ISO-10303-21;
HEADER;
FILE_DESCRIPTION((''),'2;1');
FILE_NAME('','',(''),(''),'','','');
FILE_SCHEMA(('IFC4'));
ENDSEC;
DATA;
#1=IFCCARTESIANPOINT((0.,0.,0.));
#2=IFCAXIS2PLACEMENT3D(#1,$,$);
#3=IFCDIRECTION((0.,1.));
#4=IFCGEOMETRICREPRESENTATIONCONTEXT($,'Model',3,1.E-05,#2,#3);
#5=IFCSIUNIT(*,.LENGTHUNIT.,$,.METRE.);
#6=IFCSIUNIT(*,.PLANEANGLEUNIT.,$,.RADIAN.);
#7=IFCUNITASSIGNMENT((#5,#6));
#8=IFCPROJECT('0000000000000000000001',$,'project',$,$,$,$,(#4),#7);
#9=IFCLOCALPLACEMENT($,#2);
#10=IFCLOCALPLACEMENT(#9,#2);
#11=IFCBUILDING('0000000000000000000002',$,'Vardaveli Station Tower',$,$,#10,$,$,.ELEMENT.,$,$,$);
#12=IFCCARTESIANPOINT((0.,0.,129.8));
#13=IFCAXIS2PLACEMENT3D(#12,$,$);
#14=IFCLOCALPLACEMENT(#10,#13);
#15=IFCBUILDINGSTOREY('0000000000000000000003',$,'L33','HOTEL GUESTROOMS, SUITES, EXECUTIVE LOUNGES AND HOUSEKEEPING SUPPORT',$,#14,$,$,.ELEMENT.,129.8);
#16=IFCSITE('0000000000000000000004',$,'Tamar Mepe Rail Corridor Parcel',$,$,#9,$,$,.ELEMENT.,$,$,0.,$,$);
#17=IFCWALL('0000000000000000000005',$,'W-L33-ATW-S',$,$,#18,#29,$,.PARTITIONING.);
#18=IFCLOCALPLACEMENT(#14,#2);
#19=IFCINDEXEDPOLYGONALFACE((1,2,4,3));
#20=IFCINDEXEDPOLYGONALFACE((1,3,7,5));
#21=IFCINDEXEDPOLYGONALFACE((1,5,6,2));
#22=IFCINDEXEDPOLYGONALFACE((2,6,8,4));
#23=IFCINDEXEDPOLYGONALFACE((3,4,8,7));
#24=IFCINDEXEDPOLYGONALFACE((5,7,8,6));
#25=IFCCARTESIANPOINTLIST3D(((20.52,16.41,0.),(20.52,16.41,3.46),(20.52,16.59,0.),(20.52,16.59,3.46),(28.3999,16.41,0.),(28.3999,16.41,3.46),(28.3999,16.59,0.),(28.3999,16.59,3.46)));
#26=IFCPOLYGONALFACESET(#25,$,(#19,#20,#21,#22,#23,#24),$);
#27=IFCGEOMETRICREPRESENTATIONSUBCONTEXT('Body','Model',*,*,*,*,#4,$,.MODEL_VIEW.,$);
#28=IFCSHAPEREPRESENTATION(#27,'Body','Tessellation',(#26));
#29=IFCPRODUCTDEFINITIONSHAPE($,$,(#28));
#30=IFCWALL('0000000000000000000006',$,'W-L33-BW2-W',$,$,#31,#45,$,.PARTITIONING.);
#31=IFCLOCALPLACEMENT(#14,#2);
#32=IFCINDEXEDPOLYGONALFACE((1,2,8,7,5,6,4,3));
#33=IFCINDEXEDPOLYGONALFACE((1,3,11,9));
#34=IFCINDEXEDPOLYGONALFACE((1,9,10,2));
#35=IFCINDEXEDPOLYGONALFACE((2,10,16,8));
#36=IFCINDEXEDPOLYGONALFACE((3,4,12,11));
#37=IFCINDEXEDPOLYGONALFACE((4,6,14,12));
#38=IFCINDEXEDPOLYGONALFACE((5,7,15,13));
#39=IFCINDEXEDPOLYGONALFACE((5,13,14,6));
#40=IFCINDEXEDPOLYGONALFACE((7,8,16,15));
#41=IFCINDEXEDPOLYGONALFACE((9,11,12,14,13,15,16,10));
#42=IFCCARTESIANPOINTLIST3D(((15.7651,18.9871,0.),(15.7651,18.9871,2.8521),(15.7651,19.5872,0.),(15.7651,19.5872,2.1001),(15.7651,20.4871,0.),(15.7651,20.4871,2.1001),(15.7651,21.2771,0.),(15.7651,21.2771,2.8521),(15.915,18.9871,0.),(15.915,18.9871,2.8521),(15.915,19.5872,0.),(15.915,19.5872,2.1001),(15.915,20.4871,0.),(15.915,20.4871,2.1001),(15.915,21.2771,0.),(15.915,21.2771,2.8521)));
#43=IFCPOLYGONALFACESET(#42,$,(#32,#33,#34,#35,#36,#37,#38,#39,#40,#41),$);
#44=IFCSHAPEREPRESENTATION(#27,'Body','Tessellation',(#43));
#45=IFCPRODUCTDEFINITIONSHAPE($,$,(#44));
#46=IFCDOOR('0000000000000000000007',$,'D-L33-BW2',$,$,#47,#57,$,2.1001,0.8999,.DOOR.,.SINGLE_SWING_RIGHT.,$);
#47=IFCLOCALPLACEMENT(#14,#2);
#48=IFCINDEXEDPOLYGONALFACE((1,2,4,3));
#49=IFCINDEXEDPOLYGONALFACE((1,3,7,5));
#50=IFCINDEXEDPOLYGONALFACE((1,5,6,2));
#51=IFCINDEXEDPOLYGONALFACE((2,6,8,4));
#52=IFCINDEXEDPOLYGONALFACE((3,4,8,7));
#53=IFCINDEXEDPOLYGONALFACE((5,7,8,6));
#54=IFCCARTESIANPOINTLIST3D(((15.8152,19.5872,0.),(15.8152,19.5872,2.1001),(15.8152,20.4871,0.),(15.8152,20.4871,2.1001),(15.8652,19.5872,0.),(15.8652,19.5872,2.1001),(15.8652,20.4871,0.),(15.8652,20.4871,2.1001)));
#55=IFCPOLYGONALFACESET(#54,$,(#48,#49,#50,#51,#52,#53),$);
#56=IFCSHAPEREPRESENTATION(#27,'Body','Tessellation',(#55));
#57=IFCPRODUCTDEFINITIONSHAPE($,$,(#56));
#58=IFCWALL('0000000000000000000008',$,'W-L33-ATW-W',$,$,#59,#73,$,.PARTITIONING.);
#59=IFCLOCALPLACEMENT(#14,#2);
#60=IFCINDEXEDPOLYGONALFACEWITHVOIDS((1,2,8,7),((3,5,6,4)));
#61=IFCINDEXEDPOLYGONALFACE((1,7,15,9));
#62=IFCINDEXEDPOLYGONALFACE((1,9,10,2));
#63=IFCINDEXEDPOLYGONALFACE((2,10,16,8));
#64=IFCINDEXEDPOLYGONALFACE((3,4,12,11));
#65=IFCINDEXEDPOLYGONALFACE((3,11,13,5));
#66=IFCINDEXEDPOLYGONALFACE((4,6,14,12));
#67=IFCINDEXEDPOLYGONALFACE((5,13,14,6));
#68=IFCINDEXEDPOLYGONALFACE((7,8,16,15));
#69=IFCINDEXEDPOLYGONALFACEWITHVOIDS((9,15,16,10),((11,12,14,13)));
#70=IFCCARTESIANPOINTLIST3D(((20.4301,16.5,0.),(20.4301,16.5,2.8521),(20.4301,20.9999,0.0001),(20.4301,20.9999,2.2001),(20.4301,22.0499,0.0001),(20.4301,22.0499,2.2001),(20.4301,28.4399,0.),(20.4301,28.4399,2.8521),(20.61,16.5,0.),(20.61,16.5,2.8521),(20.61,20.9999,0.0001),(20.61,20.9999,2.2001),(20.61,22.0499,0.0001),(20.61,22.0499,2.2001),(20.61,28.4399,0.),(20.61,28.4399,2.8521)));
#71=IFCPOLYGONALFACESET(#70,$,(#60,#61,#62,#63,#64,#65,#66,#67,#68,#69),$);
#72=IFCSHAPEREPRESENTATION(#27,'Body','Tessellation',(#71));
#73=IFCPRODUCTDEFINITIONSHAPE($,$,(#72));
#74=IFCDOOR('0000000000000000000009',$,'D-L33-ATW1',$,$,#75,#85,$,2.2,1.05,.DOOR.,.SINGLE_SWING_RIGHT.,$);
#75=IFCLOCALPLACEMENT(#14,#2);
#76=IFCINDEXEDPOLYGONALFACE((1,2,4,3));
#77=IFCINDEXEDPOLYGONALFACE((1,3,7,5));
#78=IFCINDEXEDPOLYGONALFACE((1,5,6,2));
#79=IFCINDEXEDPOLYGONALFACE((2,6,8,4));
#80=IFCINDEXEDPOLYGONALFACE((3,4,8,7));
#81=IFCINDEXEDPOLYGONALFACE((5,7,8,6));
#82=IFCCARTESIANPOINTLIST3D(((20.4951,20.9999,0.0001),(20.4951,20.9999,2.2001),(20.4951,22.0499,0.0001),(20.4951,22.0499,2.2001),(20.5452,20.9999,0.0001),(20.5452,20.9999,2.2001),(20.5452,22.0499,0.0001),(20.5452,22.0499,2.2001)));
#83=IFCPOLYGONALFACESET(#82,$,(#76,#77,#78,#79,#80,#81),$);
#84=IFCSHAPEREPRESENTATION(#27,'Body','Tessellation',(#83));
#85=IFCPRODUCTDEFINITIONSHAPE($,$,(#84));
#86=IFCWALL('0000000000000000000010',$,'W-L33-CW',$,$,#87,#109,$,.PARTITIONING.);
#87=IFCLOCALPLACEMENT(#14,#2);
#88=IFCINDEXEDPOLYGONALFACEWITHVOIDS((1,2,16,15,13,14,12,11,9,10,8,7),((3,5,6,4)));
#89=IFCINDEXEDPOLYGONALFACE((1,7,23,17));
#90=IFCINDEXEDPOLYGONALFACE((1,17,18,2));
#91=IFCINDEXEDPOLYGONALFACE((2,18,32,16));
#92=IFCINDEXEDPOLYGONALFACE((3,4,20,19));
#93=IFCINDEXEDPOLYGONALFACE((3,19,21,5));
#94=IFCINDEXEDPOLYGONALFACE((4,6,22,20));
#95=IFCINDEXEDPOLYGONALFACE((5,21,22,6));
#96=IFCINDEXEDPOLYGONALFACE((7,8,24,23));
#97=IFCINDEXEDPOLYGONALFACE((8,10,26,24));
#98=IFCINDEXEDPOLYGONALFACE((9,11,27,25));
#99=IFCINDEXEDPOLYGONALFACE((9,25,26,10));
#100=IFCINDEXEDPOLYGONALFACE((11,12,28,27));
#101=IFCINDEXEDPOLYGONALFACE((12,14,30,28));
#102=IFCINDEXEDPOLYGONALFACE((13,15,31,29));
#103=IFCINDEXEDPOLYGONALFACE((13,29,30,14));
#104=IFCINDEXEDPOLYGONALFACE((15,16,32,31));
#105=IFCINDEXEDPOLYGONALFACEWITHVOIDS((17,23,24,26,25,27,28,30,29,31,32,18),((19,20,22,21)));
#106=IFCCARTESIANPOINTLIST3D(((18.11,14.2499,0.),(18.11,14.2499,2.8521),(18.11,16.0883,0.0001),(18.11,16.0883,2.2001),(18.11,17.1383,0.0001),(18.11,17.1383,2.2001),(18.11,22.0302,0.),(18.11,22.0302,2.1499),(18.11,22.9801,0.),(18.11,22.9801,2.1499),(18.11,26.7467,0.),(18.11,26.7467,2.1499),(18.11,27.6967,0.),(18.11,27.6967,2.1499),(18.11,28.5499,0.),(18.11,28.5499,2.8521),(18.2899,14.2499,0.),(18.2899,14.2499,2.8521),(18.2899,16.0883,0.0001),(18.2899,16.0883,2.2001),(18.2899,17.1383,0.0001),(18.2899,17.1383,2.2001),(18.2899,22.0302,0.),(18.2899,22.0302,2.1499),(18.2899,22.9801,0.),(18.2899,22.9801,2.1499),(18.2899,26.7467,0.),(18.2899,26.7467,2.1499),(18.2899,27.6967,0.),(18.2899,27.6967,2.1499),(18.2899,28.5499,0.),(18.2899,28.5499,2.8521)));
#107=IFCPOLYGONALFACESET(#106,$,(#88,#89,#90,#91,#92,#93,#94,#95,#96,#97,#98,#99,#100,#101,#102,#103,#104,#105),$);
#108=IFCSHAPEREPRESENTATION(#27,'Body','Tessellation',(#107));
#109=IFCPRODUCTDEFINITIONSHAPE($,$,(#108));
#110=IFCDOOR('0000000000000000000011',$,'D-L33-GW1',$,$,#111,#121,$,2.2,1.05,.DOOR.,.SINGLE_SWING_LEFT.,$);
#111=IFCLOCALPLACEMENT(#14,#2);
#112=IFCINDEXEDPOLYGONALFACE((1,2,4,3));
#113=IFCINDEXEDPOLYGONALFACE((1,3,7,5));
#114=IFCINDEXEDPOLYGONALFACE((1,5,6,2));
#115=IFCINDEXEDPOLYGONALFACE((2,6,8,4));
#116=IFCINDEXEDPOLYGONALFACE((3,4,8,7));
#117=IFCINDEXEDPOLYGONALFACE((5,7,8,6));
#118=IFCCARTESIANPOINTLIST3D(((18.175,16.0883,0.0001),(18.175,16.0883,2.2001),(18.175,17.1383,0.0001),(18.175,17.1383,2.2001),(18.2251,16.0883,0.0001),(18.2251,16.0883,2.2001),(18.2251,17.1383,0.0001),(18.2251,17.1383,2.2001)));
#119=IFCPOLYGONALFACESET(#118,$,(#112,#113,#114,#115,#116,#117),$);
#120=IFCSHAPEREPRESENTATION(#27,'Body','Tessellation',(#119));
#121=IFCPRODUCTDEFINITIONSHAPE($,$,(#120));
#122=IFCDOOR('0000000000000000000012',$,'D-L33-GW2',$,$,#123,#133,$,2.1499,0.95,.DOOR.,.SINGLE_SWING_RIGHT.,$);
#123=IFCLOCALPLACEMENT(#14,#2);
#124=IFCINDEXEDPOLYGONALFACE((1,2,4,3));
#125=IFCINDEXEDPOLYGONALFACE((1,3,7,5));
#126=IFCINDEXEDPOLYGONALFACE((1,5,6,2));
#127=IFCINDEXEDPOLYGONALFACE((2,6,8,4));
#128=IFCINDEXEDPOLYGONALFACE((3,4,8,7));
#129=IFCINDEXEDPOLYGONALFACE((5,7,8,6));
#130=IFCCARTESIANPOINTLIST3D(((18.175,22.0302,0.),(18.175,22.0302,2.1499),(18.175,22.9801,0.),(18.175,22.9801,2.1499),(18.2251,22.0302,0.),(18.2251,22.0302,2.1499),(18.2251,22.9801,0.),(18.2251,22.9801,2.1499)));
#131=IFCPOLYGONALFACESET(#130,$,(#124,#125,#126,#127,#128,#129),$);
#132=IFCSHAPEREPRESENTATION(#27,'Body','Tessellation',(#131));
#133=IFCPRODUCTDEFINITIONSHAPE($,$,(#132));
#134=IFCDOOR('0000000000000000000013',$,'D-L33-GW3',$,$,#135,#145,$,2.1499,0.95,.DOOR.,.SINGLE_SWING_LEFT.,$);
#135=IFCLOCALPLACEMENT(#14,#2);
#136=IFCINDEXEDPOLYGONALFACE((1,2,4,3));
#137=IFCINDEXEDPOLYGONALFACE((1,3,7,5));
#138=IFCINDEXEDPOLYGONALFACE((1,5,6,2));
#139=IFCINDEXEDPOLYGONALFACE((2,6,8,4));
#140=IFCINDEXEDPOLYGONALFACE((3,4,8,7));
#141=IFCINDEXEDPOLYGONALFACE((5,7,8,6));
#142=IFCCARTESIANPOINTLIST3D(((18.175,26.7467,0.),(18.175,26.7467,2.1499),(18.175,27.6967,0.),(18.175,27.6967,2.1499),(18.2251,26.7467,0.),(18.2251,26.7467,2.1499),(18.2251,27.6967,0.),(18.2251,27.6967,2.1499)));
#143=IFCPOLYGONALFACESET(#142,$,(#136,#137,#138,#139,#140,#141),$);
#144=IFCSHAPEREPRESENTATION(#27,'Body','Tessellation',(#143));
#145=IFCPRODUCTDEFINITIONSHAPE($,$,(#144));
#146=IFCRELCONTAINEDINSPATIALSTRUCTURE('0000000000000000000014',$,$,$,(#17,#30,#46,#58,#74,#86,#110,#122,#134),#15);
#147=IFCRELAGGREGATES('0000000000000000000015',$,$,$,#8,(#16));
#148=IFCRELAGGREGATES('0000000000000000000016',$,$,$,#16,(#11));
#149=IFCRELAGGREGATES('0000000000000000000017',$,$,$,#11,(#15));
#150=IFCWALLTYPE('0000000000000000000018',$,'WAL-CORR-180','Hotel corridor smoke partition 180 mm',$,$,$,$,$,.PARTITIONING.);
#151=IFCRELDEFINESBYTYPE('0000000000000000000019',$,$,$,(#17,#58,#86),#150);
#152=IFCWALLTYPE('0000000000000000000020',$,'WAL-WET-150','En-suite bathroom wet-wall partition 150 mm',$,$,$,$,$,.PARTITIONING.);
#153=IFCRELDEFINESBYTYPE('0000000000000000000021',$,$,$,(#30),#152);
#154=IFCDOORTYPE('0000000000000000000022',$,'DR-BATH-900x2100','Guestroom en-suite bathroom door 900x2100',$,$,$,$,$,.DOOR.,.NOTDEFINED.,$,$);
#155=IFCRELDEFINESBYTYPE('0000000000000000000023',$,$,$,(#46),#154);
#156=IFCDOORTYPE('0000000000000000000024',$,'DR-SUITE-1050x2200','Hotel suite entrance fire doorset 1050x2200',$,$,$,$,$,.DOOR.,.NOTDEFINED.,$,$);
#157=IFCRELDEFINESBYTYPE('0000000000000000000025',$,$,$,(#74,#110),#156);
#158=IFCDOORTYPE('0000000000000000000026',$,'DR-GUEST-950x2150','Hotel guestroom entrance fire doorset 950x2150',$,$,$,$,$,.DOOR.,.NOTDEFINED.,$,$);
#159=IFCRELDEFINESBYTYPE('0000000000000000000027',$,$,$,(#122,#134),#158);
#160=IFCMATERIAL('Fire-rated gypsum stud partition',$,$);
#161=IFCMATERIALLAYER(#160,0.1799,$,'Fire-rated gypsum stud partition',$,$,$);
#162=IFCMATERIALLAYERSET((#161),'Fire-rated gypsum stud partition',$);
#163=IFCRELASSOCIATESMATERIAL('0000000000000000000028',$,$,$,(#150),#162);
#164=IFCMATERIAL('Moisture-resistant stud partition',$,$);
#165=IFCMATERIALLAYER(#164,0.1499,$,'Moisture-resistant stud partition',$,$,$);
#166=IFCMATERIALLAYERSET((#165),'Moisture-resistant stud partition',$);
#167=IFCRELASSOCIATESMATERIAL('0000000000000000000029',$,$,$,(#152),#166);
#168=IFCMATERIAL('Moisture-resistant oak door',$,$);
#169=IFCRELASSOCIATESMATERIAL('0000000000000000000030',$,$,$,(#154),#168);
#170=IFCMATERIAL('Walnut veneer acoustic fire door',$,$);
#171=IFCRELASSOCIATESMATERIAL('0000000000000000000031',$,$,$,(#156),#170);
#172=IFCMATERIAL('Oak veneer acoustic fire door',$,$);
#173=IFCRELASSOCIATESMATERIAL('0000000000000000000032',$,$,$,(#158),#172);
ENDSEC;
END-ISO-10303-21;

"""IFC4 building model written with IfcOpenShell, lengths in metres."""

from ifc_helpers import new_model, si_unit, direction, frame, frame_2d, origin, place, context, subcontext, project, spatial, rectangle, extrude, source, transform, mapped, material, layer, layer_set, type_object, element, fill, save


model = new_model("IFC4")

# Units and contexts
model_context = context("Model", 3, precision=1e-05, world=origin(), true_north=direction((0.0, 1.0)))
body_context = subcontext(model_context, "Body", "Model", "MODEL_VIEW")
ifc_project = project(units=[si_unit("LENGTHUNIT", "METRE"), si_unit("PLANEANGLEUNIT", "RADIAN")], contexts=[model_context])

# Site, building, storey
site_placement = place(None, origin())
site = spatial("IfcSite", under=ifc_project, at=site_placement, Name="Tamar Mepe Rail Corridor Parcel", CompositionType="ELEMENT", RefElevation=0.0)
building_placement = place(site_placement, origin())
building = spatial("IfcBuilding", under=site, at=building_placement, Name="Vardaveli Station Tower", CompositionType="ELEMENT")
storey_placement = place(building_placement, frame((0.0, 0.0, 129.8)))
storey = spatial("IfcBuildingStorey", under=building, at=storey_placement, Name="L33", Description="HOTEL GUESTROOMS, SUITES, EXECUTIVE LOUNGES AND HOUSEKEEPING SUPPORT", CompositionType="ELEMENT", Elevation=129.8)

# Wall
ifc_material_1 = material(Name="Fire-rated gypsum stud partition")
ifc_layer_1 = layer(ifc_material_1, 0.1799, Name="Fire-rated gypsum stud partition")
ifc_layer_set_1 = layer_set([ifc_layer_1], Name="Fire-rated gypsum stud partition")
wall_type_1 = type_object("IfcWallType", Name="WAL-CORR-180", Description="Hotel corridor smoke partition 180 mm", PredefinedType="PARTITIONING", material=ifc_layer_set_1)
shared_shape_1 = source(origin(), body_context, "Body", "SweptSolid", [
    extrude(rectangle(XDim=7.8799, YDim=0.1799, at=frame_2d((3.9399, 0.0))), origin(), (0.0, 0.0, 1.0), 3.46),
])
wall_1_placement = place(storey_placement, frame((20.52, 16.5, 0.0), z_axis=(0.0, 0.0, 1.0), x_axis=(1.0, 0.0, 0.0)))
element("IfcWall", 1, at=wall_1_placement, inside=storey, type_object=wall_type_1, Name="W-L33-ATW-S", PredefinedType="PARTITIONING", context=body_context, shape_type="MappedRepresentation", body=[
    mapped(shared_shape_1, transform((0.0, 0.0, 0.0), scale=1.0)),
])

# Walls, openings, doors
ifc_material_2 = material(Name="Moisture-resistant stud partition")
ifc_layer_2 = layer(ifc_material_2, 0.1499, Name="Moisture-resistant stud partition")
ifc_layer_set_2 = layer_set([ifc_layer_2], Name="Moisture-resistant stud partition")
wall_type_2 = type_object("IfcWallType", Name="WAL-WET-150", Description="En-suite bathroom wet-wall partition 150 mm", PredefinedType="PARTITIONING", material=ifc_layer_set_2)
shared_shape_2 = source(origin(), body_context, "Body", "SweptSolid", [
    extrude(rectangle(XDim=2.29, YDim=0.1499, at=frame_2d((1.145, 0.0))), origin(), (0.0, 0.0, 1.0), 2.8521),
])
wall_2_placement = place(storey_placement, frame((15.8401, 18.9871, 0.0), z_axis=(0.0, 0.0, 1.0), x_axis=(0.0, 1.0, 0.0)))
wall_2 = element("IfcWall", 2, at=wall_2_placement, inside=storey, type_object=wall_type_2, Name="W-L33-BW2-W", PredefinedType="PARTITIONING", context=body_context, shape_type="MappedRepresentation", body=[
    mapped(shared_shape_2, transform((0.0, 0.0, 0.0), scale=1.0)),
])
shared_shape_3 = source(origin(), body_context, "Body", "SweptSolid", [
    extrude(rectangle(XDim=0.8999, YDim=2.1001, at=frame_2d((0.45, 1.05))), frame((0.0, 0.085, 0.0), z_axis=(0.0, -1.0, 0.0), x_axis=(1.0, 0.0, 0.0)), (0.0, 0.0, 1.0), 0.1699),
])
opening_1_placement = place(wall_2_placement, frame((0.6001, 0.0, 0.0)))
opening_1 = element("IfcOpeningElement", 3, at=opening_1_placement, cuts=wall_2, PredefinedType="OPENING", context=body_context, shape_type="MappedRepresentation", body=[
    mapped(shared_shape_3, transform((0.0, 0.0, 0.0), scale=1.0)),
])
ifc_material_3 = material(Name="Moisture-resistant oak door")
door_type_1 = type_object("IfcDoorType", Name="DR-BATH-900x2100", Description="Guestroom en-suite bathroom door 900x2100", OperationType="NOTDEFINED", PredefinedType="DOOR", material=ifc_material_3)
shared_shape_4 = source(origin(), body_context, "Body", "SweptSolid", [
    extrude(rectangle(XDim=0.8999, YDim=2.1001, at=frame_2d((0.45, 1.05))), frame((0.0, 0.0249, 0.0), z_axis=(0.0, -1.0, 0.0), x_axis=(1.0, 0.0, 0.0)), (0.0, 0.0, 1.0), 0.05),
])
door_1_placement = place(opening_1_placement, origin())
door_1 = element("IfcDoor", 4, at=door_1_placement, inside=storey, type_object=door_type_1, Name="D-L33-BW2", OperationType="SINGLE_SWING_RIGHT", OverallHeight=2.1001, OverallWidth=0.8999, PredefinedType="DOOR", context=body_context, shape_type="MappedRepresentation", body=[
    mapped(shared_shape_4, transform((0.0, 0.0, 0.0), scale=1.0)),
])
fill(opening_1, door_1)
shared_shape_5 = source(origin(), body_context, "Body", "SweptSolid", [
    extrude(rectangle(XDim=11.9399, YDim=0.1799, at=frame_2d((5.97, 0.0))), origin(), (0.0, 0.0, 1.0), 2.8521),
])
wall_3_placement = place(storey_placement, frame((20.52, 16.5, 0.0), z_axis=(0.0, 0.0, 1.0), x_axis=(0.0, 1.0, 0.0)))
wall_3 = element("IfcWall", 5, at=wall_3_placement, inside=storey, type_object=wall_type_1, Name="W-L33-ATW-W", PredefinedType="PARTITIONING", context=body_context, shape_type="MappedRepresentation", body=[
    mapped(shared_shape_5, transform((0.0, 0.0, 0.0), scale=1.0)),
])
shared_shape_6 = source(origin(), body_context, "Body", "SweptSolid", [
    extrude(rectangle(XDim=1.05, YDim=2.2, at=frame_2d((0.5249, 1.1001))), frame((0.0, 0.1001, 0.0), z_axis=(0.0, -1.0, 0.0), x_axis=(1.0, 0.0, 0.0)), (0.0, 0.0, 1.0), 0.2),
])
opening_2_placement = place(wall_3_placement, frame((4.5, 0.0, 0.0)))
opening_2 = element("IfcOpeningElement", 6, at=opening_2_placement, cuts=wall_3, PredefinedType="OPENING", context=body_context, shape_type="MappedRepresentation", body=[
    mapped(shared_shape_6, transform((0.0, 0.0, 0.0), scale=1.0)),
])
ifc_material_4 = material(Name="Walnut veneer acoustic fire door")
door_type_2 = type_object("IfcDoorType", Name="DR-SUITE-1050x2200", Description="Hotel suite entrance fire doorset 1050x2200", OperationType="NOTDEFINED", PredefinedType="DOOR", material=ifc_material_4)
shared_shape_7 = source(origin(), body_context, "Body", "SweptSolid", [
    extrude(rectangle(XDim=1.05, YDim=2.2, at=frame_2d((0.5249, 1.1001))), frame((0.0, 0.0249, 0.0), z_axis=(0.0, -1.0, 0.0), x_axis=(1.0, 0.0, 0.0)), (0.0, 0.0, 1.0), 0.05),
])
door_2_placement = place(opening_2_placement, origin())
door_2 = element("IfcDoor", 7, at=door_2_placement, inside=storey, type_object=door_type_2, Name="D-L33-ATW1", OperationType="SINGLE_SWING_RIGHT", OverallHeight=2.2, OverallWidth=1.05, PredefinedType="DOOR", context=body_context, shape_type="MappedRepresentation", body=[
    mapped(shared_shape_7, transform((0.0, 0.0, 0.0), scale=1.0)),
])
fill(opening_2, door_2)

# Wall, openings, doors
shared_shape_8 = source(origin(), body_context, "Body", "SweptSolid", [
    extrude(rectangle(XDim=14.3, YDim=0.1799, at=frame_2d((7.1499, 0.0))), origin(), (0.0, 0.0, 1.0), 2.8521),
])
wall_4_placement = place(storey_placement, frame((18.2, 14.25, 0.0), z_axis=(0.0, 0.0, 1.0), x_axis=(0.0, 1.0, 0.0)))
wall_4 = element("IfcWall", 8, at=wall_4_placement, inside=storey, type_object=wall_type_1, Name="W-L33-CW", PredefinedType="PARTITIONING", context=body_context, shape_type="MappedRepresentation", body=[
    mapped(shared_shape_8, transform((0.0, 0.0, 0.0), scale=1.0)),
])
opening_3_placement = place(wall_4_placement, frame((1.8384, 0.0, 0.0)))
opening_3 = element("IfcOpeningElement", 9, at=opening_3_placement, cuts=wall_4, PredefinedType="OPENING", context=body_context, shape_type="MappedRepresentation", body=[
    mapped(shared_shape_6, transform((0.0, 0.0, 0.0), scale=1.0)),
])
shared_shape_9 = source(origin(), body_context, "Body", "SweptSolid", [
    extrude(rectangle(XDim=0.95, YDim=2.1499, at=frame_2d((0.4751, 1.075))), frame((0.0, 0.1001, 0.0), z_axis=(0.0, -1.0, 0.0), x_axis=(1.0, 0.0, 0.0)), (0.0, 0.0, 1.0), 0.2),
])
opening_4_placement = place(wall_4_placement, frame((7.78, 0.0, 0.0)))
opening_4 = element("IfcOpeningElement", 10, at=opening_4_placement, cuts=wall_4, PredefinedType="OPENING", context=body_context, shape_type="MappedRepresentation", body=[
    mapped(shared_shape_9, transform((0.0, 0.0, 0.0), scale=1.0)),
])
opening_5_placement = place(wall_4_placement, frame((12.4966, 0.0, 0.0)))
opening_5 = element("IfcOpeningElement", 11, at=opening_5_placement, cuts=wall_4, PredefinedType="OPENING", context=body_context, shape_type="MappedRepresentation", body=[
    mapped(shared_shape_9, transform((0.0, 0.0, 0.0), scale=1.0)),
])
door_3_placement = place(opening_3_placement, origin())
door_3 = element("IfcDoor", 12, at=door_3_placement, inside=storey, type_object=door_type_2, Name="D-L33-GW1", OperationType="SINGLE_SWING_LEFT", OverallHeight=2.2, OverallWidth=1.05, PredefinedType="DOOR", context=body_context, shape_type="MappedRepresentation", body=[
    mapped(shared_shape_7, transform((0.0, 0.0, 0.0), scale=1.0)),
])
fill(opening_3, door_3)
ifc_material_5 = material(Name="Oak veneer acoustic fire door")
door_type_3 = type_object("IfcDoorType", Name="DR-GUEST-950x2150", Description="Hotel guestroom entrance fire doorset 950x2150", OperationType="NOTDEFINED", PredefinedType="DOOR", material=ifc_material_5)
shared_shape_10 = source(origin(), body_context, "Body", "SweptSolid", [
    extrude(rectangle(XDim=0.95, YDim=2.1499, at=frame_2d((0.4751, 1.075))), frame((0.0, 0.0249, 0.0), z_axis=(0.0, -1.0, 0.0), x_axis=(1.0, 0.0, 0.0)), (0.0, 0.0, 1.0), 0.05),
])
door_4_placement = place(opening_4_placement, origin())
door_4 = element("IfcDoor", 13, at=door_4_placement, inside=storey, type_object=door_type_3, Name="D-L33-GW2", OperationType="SINGLE_SWING_RIGHT", OverallHeight=2.1499, OverallWidth=0.95, PredefinedType="DOOR", context=body_context, shape_type="MappedRepresentation", body=[
    mapped(shared_shape_10, transform((0.0, 0.0, 0.0), scale=1.0)),
])
fill(opening_4, door_4)
door_5_placement = place(opening_5_placement, origin())
door_5 = element("IfcDoor", 14, at=door_5_placement, inside=storey, type_object=door_type_3, Name="D-L33-GW3", OperationType="SINGLE_SWING_LEFT", OverallHeight=2.1499, OverallWidth=0.95, PredefinedType="DOOR", context=body_context, shape_type="MappedRepresentation", body=[
    mapped(shared_shape_10, transform((0.0, 0.0, 0.0), scale=1.0)),
])
fill(opening_5, door_5)

save(model, "model.ifc")
